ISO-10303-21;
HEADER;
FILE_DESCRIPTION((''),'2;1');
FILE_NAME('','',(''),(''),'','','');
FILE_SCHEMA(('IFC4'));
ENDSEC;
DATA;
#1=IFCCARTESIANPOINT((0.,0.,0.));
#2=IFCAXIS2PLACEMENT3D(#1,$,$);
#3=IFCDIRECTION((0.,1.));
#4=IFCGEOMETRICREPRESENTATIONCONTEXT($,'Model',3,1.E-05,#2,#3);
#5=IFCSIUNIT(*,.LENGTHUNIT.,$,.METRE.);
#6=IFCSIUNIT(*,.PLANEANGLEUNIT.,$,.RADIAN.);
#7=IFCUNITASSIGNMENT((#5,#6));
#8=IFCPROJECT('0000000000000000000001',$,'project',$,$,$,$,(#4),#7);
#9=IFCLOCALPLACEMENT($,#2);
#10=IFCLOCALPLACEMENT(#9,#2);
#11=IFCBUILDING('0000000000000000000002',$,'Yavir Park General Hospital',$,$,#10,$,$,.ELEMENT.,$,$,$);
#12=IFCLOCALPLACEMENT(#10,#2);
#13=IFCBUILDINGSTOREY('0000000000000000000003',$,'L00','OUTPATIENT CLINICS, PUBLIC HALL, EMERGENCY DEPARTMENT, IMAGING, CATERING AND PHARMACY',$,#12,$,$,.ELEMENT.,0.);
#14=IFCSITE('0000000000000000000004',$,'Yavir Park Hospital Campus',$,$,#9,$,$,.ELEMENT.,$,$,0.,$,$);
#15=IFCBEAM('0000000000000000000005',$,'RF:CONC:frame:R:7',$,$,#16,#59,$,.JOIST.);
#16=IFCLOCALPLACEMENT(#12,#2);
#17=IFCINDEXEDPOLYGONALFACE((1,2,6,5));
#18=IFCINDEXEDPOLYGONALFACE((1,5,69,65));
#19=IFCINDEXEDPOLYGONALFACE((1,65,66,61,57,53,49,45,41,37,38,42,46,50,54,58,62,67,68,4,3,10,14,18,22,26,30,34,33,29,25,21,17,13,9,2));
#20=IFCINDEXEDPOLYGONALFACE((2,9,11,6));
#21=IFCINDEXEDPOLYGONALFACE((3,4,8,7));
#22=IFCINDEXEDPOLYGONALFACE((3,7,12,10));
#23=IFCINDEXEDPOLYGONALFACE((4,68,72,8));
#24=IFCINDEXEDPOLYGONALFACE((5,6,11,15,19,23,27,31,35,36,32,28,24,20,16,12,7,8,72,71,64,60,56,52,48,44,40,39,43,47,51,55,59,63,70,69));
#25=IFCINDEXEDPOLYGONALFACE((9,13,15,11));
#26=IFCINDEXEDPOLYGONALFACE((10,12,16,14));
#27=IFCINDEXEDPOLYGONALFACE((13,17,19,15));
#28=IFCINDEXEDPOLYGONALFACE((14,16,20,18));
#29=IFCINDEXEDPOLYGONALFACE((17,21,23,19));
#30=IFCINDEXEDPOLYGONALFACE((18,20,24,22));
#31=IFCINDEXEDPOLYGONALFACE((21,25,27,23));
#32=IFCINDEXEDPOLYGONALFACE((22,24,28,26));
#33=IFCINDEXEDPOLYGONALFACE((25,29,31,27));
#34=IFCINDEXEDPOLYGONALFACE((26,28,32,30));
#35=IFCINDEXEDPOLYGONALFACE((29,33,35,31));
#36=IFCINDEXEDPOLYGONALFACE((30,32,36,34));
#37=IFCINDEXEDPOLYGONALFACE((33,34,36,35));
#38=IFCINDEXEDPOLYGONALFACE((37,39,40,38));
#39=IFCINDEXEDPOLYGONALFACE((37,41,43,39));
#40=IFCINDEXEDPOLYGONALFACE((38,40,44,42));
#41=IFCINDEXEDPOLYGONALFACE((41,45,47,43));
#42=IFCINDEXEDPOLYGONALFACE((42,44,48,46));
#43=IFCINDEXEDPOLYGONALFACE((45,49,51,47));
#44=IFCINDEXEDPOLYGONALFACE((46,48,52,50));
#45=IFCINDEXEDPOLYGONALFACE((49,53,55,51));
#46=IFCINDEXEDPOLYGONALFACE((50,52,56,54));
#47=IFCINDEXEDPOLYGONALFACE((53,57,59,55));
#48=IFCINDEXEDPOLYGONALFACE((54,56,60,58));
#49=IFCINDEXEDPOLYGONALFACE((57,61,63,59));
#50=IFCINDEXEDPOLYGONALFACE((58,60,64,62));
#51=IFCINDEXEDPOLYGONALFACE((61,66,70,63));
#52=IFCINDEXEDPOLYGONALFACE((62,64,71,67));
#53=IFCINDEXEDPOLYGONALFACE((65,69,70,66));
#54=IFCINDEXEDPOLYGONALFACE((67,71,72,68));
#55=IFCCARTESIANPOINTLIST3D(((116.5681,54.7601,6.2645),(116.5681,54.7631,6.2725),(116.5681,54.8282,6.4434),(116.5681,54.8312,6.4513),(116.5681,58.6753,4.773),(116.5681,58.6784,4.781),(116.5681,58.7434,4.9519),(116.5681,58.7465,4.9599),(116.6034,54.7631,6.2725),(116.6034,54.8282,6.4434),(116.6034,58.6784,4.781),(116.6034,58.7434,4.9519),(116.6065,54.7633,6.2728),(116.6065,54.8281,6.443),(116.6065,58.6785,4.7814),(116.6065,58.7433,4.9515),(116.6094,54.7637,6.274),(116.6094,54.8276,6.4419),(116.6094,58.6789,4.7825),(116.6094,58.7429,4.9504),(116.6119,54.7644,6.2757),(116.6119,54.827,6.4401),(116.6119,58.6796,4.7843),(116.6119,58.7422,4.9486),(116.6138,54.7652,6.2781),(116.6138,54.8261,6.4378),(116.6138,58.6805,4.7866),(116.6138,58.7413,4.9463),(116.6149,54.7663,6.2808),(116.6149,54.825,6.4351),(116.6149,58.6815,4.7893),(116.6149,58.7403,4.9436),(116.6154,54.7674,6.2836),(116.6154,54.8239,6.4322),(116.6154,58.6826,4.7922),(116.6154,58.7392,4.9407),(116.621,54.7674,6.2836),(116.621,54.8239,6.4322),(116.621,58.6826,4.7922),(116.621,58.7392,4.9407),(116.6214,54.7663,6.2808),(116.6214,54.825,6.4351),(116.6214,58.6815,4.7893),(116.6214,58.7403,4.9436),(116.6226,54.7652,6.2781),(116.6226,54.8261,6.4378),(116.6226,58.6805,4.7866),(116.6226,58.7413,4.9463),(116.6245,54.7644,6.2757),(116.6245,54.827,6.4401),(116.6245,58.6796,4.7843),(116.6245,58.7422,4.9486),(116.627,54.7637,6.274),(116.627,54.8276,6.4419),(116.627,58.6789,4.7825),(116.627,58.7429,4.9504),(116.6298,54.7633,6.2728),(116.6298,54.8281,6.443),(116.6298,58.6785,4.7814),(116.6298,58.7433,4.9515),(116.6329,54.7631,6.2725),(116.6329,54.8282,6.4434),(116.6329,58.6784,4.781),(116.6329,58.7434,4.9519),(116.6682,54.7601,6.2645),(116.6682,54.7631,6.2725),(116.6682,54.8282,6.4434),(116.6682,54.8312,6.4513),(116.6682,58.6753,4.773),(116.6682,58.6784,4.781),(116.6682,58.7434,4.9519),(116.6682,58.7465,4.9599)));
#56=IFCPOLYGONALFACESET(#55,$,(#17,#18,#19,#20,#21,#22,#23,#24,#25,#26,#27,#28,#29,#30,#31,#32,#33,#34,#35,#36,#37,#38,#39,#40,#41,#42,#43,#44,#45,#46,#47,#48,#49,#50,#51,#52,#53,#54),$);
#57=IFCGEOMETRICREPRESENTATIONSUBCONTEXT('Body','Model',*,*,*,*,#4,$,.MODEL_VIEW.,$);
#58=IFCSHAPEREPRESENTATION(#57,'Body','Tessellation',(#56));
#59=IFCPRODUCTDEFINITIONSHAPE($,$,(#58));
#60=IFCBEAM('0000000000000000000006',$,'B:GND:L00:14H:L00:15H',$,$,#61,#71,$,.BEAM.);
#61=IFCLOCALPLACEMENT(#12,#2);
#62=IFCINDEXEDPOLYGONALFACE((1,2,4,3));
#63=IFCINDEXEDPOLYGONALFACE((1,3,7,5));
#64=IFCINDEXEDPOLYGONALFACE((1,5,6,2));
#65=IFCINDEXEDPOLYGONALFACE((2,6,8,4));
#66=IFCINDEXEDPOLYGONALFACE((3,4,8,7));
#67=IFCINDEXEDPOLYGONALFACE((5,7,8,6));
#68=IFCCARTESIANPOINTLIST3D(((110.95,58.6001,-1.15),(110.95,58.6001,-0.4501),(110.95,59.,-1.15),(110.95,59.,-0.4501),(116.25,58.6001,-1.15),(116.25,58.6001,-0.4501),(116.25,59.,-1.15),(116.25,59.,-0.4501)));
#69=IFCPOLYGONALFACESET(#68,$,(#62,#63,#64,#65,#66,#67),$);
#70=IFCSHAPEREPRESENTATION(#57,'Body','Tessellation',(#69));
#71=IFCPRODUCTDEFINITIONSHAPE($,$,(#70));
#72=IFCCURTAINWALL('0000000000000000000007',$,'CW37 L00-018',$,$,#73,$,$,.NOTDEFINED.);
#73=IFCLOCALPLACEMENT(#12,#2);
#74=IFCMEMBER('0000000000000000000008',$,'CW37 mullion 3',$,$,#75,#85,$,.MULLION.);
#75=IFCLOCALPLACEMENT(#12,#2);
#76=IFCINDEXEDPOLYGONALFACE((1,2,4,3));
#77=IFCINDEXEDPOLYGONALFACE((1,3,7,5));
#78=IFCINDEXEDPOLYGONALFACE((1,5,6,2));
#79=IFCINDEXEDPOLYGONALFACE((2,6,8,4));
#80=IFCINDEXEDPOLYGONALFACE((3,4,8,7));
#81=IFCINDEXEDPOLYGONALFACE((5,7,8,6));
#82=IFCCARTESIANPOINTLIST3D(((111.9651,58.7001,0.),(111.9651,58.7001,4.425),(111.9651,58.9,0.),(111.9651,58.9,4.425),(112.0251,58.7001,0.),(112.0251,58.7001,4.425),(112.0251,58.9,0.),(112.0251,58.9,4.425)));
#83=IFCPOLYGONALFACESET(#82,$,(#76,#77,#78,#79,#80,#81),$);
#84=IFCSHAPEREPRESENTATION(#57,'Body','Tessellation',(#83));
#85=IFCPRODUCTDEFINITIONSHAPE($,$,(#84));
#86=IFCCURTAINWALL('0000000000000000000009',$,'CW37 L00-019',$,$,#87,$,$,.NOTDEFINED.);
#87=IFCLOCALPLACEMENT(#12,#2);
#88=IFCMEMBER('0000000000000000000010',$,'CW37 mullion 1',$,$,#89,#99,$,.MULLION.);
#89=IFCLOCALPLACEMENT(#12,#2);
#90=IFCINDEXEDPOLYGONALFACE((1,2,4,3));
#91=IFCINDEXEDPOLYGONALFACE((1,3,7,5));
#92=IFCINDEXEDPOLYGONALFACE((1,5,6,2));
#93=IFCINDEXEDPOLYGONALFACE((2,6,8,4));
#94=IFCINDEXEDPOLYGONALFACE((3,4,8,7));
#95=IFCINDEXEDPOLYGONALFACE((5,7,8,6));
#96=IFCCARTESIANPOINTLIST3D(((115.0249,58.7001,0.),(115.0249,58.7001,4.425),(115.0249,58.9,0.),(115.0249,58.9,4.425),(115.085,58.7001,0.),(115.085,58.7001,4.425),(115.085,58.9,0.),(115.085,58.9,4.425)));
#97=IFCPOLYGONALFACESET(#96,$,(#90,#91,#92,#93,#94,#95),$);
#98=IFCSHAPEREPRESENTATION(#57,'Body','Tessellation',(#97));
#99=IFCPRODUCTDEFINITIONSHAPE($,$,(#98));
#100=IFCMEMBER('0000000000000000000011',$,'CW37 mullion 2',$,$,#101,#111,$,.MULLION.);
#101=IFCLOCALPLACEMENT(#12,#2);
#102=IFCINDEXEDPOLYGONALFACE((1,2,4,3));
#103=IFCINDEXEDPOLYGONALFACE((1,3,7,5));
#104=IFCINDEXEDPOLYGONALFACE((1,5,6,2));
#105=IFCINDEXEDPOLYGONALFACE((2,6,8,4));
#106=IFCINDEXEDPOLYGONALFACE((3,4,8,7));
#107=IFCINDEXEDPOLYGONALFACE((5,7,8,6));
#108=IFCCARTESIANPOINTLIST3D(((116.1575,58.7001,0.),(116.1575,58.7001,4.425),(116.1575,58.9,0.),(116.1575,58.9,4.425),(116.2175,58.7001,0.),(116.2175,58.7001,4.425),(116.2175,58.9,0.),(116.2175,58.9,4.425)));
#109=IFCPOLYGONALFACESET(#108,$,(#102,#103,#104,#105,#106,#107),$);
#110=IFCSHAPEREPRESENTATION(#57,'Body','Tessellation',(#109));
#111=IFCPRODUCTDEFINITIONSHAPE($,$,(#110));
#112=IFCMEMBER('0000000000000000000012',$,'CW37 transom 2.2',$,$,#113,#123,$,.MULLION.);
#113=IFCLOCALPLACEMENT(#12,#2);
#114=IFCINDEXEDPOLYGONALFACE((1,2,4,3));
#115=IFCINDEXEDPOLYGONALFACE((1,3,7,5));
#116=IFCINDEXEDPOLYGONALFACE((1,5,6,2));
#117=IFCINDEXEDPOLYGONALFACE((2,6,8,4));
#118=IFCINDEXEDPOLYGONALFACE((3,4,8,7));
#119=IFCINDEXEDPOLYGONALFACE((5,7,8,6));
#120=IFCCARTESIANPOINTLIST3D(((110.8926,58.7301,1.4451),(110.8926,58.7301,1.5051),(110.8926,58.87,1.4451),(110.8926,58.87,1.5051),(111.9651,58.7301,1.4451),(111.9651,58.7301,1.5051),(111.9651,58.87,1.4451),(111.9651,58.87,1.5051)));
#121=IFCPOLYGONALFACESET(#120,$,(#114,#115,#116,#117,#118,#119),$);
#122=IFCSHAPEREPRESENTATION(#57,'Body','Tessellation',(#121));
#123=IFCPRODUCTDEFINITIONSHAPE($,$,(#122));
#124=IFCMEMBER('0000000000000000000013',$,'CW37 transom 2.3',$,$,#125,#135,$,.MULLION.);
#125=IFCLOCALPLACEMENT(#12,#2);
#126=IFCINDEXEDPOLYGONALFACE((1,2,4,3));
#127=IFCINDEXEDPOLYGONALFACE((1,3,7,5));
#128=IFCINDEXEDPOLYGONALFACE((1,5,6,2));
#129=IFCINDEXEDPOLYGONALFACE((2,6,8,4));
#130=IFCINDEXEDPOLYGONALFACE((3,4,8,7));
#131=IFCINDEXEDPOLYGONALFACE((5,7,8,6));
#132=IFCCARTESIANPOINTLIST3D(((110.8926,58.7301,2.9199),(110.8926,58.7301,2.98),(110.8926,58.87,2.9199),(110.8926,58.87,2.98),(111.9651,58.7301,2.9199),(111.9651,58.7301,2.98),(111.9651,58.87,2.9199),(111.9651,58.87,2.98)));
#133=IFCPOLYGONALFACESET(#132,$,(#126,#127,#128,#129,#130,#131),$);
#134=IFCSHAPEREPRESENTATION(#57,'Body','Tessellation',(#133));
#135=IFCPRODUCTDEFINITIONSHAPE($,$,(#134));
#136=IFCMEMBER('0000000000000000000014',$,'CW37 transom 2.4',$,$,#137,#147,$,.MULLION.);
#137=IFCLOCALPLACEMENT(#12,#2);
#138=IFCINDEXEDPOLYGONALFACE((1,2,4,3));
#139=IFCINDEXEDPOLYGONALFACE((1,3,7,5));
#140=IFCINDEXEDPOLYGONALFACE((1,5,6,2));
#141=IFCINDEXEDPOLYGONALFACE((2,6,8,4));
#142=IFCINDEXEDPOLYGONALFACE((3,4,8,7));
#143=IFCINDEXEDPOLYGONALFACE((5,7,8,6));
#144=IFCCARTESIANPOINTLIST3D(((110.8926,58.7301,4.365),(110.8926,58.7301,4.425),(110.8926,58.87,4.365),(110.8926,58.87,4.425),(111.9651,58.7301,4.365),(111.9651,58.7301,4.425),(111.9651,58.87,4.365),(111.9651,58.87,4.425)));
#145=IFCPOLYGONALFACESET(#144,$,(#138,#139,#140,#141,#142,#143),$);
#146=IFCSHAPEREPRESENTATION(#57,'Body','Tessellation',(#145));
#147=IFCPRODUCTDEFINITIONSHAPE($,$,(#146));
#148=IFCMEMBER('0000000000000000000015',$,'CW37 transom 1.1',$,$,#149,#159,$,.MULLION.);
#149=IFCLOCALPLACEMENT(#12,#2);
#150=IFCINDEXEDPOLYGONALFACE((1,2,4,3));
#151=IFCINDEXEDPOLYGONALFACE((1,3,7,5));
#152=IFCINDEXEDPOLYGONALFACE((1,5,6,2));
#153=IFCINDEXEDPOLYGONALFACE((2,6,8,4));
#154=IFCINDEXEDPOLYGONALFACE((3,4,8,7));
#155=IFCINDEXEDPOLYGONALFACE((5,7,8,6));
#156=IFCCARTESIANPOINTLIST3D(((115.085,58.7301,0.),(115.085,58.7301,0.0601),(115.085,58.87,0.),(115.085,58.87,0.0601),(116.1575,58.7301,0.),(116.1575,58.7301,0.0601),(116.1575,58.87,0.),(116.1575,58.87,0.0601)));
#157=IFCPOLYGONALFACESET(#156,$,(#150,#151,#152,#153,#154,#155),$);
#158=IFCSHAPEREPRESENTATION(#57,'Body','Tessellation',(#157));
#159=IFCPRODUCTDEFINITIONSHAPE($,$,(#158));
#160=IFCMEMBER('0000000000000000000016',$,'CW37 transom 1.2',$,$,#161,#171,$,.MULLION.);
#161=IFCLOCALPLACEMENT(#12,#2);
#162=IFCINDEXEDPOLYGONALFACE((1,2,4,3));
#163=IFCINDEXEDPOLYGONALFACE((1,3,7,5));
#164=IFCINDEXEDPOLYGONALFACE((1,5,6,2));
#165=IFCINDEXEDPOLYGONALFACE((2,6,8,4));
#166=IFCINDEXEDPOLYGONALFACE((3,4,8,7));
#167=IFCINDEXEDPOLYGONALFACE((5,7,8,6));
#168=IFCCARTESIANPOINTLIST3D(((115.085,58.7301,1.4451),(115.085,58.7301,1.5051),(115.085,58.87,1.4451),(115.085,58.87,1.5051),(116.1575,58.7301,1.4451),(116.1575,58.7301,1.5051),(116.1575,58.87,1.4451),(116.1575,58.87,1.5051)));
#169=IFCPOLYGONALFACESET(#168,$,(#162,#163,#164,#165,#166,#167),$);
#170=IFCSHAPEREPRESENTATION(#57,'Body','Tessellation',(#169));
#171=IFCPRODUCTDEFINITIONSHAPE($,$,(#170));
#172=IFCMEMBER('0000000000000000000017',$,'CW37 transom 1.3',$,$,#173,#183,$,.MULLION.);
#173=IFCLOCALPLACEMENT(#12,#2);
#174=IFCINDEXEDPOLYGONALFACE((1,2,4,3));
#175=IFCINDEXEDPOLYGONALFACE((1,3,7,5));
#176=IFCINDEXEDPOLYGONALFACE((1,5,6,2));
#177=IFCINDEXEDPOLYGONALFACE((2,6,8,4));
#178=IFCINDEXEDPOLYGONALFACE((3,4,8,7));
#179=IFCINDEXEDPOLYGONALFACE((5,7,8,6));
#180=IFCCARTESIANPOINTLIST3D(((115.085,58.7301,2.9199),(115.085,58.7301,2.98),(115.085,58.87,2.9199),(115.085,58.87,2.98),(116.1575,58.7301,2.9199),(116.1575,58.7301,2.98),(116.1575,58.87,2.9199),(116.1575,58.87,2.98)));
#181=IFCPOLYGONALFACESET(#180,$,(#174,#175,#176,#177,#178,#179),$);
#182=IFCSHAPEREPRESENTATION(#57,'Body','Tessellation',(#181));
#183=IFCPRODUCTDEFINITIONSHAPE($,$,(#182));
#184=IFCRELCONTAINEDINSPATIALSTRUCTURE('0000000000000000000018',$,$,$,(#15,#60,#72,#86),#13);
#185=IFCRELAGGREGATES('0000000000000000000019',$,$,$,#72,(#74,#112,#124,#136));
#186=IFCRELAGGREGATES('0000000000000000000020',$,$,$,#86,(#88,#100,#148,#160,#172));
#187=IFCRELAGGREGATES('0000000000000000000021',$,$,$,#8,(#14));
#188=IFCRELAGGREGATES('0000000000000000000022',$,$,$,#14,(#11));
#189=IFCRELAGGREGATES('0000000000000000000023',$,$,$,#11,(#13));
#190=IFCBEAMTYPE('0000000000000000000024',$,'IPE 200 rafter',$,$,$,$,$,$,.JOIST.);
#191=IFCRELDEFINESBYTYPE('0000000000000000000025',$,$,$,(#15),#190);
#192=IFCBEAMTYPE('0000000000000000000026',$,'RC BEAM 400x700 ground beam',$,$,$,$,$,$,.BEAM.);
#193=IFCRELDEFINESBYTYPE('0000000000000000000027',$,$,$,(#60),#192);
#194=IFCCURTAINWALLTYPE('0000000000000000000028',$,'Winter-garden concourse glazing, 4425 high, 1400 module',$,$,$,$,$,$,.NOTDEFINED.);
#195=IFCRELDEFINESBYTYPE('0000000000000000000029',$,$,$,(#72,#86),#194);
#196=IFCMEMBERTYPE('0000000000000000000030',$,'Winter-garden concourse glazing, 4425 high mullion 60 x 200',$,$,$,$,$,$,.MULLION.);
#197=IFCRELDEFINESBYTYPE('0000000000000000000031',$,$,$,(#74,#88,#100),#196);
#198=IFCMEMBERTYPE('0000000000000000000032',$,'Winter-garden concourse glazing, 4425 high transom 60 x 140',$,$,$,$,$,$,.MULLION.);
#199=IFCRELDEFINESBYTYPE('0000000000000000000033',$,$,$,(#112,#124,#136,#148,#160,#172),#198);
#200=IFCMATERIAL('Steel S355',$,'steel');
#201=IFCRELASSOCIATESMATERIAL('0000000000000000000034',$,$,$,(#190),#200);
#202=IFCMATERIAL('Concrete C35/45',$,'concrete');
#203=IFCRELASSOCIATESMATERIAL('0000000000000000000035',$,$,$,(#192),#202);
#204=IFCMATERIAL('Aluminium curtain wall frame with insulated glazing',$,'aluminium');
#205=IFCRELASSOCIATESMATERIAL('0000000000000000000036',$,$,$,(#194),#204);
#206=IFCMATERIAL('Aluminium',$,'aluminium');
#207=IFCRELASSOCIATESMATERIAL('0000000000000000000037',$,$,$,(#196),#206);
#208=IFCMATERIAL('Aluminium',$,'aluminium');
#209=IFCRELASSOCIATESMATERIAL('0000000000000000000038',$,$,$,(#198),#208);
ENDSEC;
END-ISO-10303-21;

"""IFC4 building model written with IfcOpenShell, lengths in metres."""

from ifc_helpers import new_model, si_unit, direction, frame, origin, origin_2d, place, context, subcontext, project, spatial, rectangle, i_section, extrude, material, material_profile, profile_set, type_object, element, aggregate, save


model = new_model("IFC4")

# Units and contexts
model_context = context("Model", 3, precision=1e-05, world=origin(), true_north=direction((0.0, 1.0)))
body_context = subcontext(model_context, "Body", "Model", "MODEL_VIEW")
ifc_project = project(units=[si_unit("LENGTHUNIT", "METRE"), si_unit("PLANEANGLEUNIT", "RADIAN")], contexts=[model_context])

# Site, building, storey
site_placement = place(None, origin())
site = spatial("IfcSite", under=ifc_project, at=site_placement, Name="Yavir Park Hospital Campus", CompositionType="ELEMENT", RefElevation=0.0)
building_placement = place(site_placement, origin())
building = spatial("IfcBuilding", under=site, at=building_placement, Name="Yavir Park General Hospital", CompositionType="ELEMENT")
storey_placement = place(building_placement, origin())
storey = spatial("IfcBuildingStorey", under=building, at=storey_placement, Name="L00", Description="OUTPATIENT CLINICS, PUBLIC HALL, EMERGENCY DEPARTMENT, IMAGING, CATERING AND PHARMACY", CompositionType="ELEMENT", Elevation=0.0)

# Beams
ifc_material_1 = material(Name="Steel S355", Category="steel")
ifc_material_profile_1 = material_profile(ifc_material_1, i_section(OverallWidth=0.1001, OverallDepth=0.2, WebThickness=0.0056, FlangeThickness=0.0085, FilletRadius=0.012, at=origin_2d()), Name="IPE200")
ifc_profile_set_1 = profile_set([ifc_material_profile_1], Name="Steel S355")
beam_type_1 = type_object("IfcBeamType", Name="IPE 200 rafter", PredefinedType="JOIST", material=ifc_profile_set_1)
for number, where, z_axis, x_axis, name in (
    (1, (116.6182, 54.7957, 6.3579), (0.0, 0.934494, -0.355978), (-1.0, 0.0, 0.0), "RF:CONC:frame:R:7"),
):
    element("IfcBeam", number, at=place(storey_placement, frame(where, z_axis=z_axis, x_axis=x_axis)), inside=storey, type_object=beam_type_1, Name=name, PredefinedType="JOIST", context=body_context, shape_type="SweptSolid", body=[
        extrude(i_section(OverallWidth=0.1001, OverallDepth=0.2, WebThickness=0.0056, FlangeThickness=0.0085, FilletRadius=0.012, at=origin_2d()), origin(), (0.0, 0.0, 1.0), 4.1897),
    ])
ifc_material_2 = material(Name="Concrete C35/45", Category="concrete")
ifc_material_profile_2 = material_profile(ifc_material_2, rectangle(XDim=0.3999, YDim=0.7, at=origin_2d()), Name="RC400x700")
ifc_profile_set_2 = profile_set([ifc_material_profile_2], Name="Concrete C35/45")
beam_type_2 = type_object("IfcBeamType", Name="RC BEAM 400x700 ground beam", PredefinedType="BEAM", material=ifc_profile_set_2)
beam_placement = place(storey_placement, frame((110.95, 58.8, -0.8), z_axis=(1.0, 0.0, 0.0), x_axis=(0.0, 1.0, 0.0)))
element("IfcBeam", 2, at=beam_placement, inside=storey, type_object=beam_type_2, Name="B:GND:L00:14H:L00:15H", PredefinedType="BEAM", context=body_context, shape_type="SweptSolid", body=[
    extrude(rectangle(XDim=0.3999, YDim=0.7, at=origin_2d()), origin(), (0.0, 0.0, 1.0), 5.3),
])

# Curtain wall, member
ifc_material_3 = material(Name="Aluminium curtain wall frame with insulated glazing", Category="aluminium")
curtain_wall_type = type_object("IfcCurtainWallType", Name="Winter-garden concourse glazing, 4425 high, 1400 module", PredefinedType="NOTDEFINED", material=ifc_material_3)
curtain_wall_1_placement = place(storey_placement, origin())
curtain_wall_1 = element("IfcCurtainWall", 3, at=curtain_wall_1_placement, inside=storey, type_object=curtain_wall_type, Name="CW37 L00-018", PredefinedType="NOTDEFINED")
ifc_material_4 = material(Name="Aluminium", Category="aluminium")
ifc_material_profile_3 = material_profile(ifc_material_4, rectangle(XDim=0.2, YDim=0.0601, at=origin_2d()), Name="AL 60x200")
ifc_profile_set_3 = profile_set([ifc_material_profile_3], Name="Aluminium")
member_type_1 = type_object("IfcMemberType", Name="Winter-garden concourse glazing, 4425 high mullion 60 x 200", PredefinedType="MULLION", material=ifc_profile_set_3)
member_1_placement = place(storey_placement, frame((111.9951, 58.8, 0.0), z_axis=(0.0, 0.0, 1.0), x_axis=(0.0, 1.0, 0.0)))
member_1 = element("IfcMember", 4, at=member_1_placement, type_object=member_type_1, Name="CW37 mullion 3", PredefinedType="MULLION", context=body_context, shape_type="SweptSolid", body=[
    extrude(rectangle(XDim=0.2, YDim=0.0601, at=origin_2d()), origin(), (0.0, 0.0, 1.0), 4.425),
])

# Curtain wall, members
curtain_wall_2_placement = place(storey_placement, origin())
curtain_wall_2 = element("IfcCurtainWall", 5, at=curtain_wall_2_placement, inside=storey, type_object=curtain_wall_type, Name="CW37 L00-019", PredefinedType="NOTDEFINED")
member_2_placement = place(storey_placement, frame((115.0549, 58.8, 0.0), z_axis=(0.0, 0.0, 1.0), x_axis=(0.0, 1.0, 0.0)))
member_2 = element("IfcMember", 6, at=member_2_placement, type_object=member_type_1, Name="CW37 mullion 1", PredefinedType="MULLION", context=body_context, shape_type="SweptSolid", body=[
    extrude(rectangle(XDim=0.2, YDim=0.0601, at=origin_2d()), origin(), (0.0, 0.0, 1.0), 4.425),
])
member_3_placement = place(storey_placement, frame((116.1875, 58.8, 0.0), z_axis=(0.0, 0.0, 1.0), x_axis=(0.0, 1.0, 0.0)))
member_3 = element("IfcMember", 7, at=member_3_placement, type_object=member_type_1, Name="CW37 mullion 2", PredefinedType="MULLION", context=body_context, shape_type="SweptSolid", body=[
    extrude(rectangle(XDim=0.2, YDim=0.0601, at=origin_2d()), origin(), (0.0, 0.0, 1.0), 4.425),
])

# Members
ifc_material_5 = material(Name="Aluminium", Category="aluminium")
ifc_material_profile_4 = material_profile(ifc_material_5, rectangle(XDim=0.1399, YDim=0.0601, at=origin_2d()), Name="AL 140x60")
ifc_profile_set_4 = profile_set([ifc_material_profile_4], Name="Aluminium")
member_type_2 = type_object("IfcMemberType", Name="Winter-garden concourse glazing, 4425 high transom 60 x 140", PredefinedType="MULLION", material=ifc_profile_set_4)
member_4_placement = place(storey_placement, frame((110.8926, 58.8, 1.4751), z_axis=(1.0, 0.0, 0.0), x_axis=(0.0, 1.0, 0.0)))
member_4 = element("IfcMember", 8, at=member_4_placement, type_object=member_type_2, Name="CW37 transom 2.2", PredefinedType="MULLION", context=body_context, shape_type="SweptSolid", body=[
    extrude(rectangle(XDim=0.1399, YDim=0.0601, at=origin_2d()), origin(), (0.0, 0.0, 1.0), 1.0725),
])
member_5_placement = place(storey_placement, frame((110.8926, 58.8, 2.95), z_axis=(1.0, 0.0, 0.0), x_axis=(0.0, 1.0, 0.0)))
member_5 = element("IfcMember", 9, at=member_5_placement, type_object=member_type_2, Name="CW37 transom 2.3", PredefinedType="MULLION", context=body_context, shape_type="SweptSolid", body=[
    extrude(rectangle(XDim=0.1399, YDim=0.0601, at=origin_2d()), origin(), (0.0, 0.0, 1.0), 1.0725),
])
member_6_placement = place(storey_placement, frame((110.8926, 58.8, 4.395), z_axis=(1.0, 0.0, 0.0), x_axis=(0.0, 1.0, 0.0)))
member_6 = element("IfcMember", 10, at=member_6_placement, type_object=member_type_2, Name="CW37 transom 2.4", PredefinedType="MULLION", context=body_context, shape_type="SweptSolid", body=[
    extrude(rectangle(XDim=0.1399, YDim=0.0601, at=origin_2d()), origin(), (0.0, 0.0, 1.0), 1.0725),
])
member_7_placement = place(storey_placement, frame((115.085, 58.8, 0.03), z_axis=(1.0, 0.0, 0.0), x_axis=(0.0, 1.0, 0.0)))
member_7 = element("IfcMember", 11, at=member_7_placement, type_object=member_type_2, Name="CW37 transom 1.1", PredefinedType="MULLION", context=body_context, shape_type="SweptSolid", body=[
    extrude(rectangle(XDim=0.1399, YDim=0.0601, at=origin_2d()), origin(), (0.0, 0.0, 1.0), 1.0725),
])
member_8_placement = place(storey_placement, frame((115.085, 58.8, 1.4751), z_axis=(1.0, 0.0, 0.0), x_axis=(0.0, 1.0, 0.0)))
member_8 = element("IfcMember", 12, at=member_8_placement, type_object=member_type_2, Name="CW37 transom 1.2", PredefinedType="MULLION", context=body_context, shape_type="SweptSolid", body=[
    extrude(rectangle(XDim=0.1399, YDim=0.0601, at=origin_2d()), origin(), (0.0, 0.0, 1.0), 1.0725),
])
member_9_placement = place(storey_placement, frame((115.085, 58.8, 2.95), z_axis=(1.0, 0.0, 0.0), x_axis=(0.0, 1.0, 0.0)))
member_9 = element("IfcMember", 13, at=member_9_placement, type_object=member_type_2, Name="CW37 transom 1.3", PredefinedType="MULLION", context=body_context, shape_type="SweptSolid", body=[
    extrude(rectangle(XDim=0.1399, YDim=0.0601, at=origin_2d()), origin(), (0.0, 0.0, 1.0), 1.0725),
])

aggregate(curtain_wall_1, [member_1, member_4, member_5, member_6])
aggregate(curtain_wall_2, [member_2, member_3, member_7, member_8, member_9])

save(model, "model.ifc")
